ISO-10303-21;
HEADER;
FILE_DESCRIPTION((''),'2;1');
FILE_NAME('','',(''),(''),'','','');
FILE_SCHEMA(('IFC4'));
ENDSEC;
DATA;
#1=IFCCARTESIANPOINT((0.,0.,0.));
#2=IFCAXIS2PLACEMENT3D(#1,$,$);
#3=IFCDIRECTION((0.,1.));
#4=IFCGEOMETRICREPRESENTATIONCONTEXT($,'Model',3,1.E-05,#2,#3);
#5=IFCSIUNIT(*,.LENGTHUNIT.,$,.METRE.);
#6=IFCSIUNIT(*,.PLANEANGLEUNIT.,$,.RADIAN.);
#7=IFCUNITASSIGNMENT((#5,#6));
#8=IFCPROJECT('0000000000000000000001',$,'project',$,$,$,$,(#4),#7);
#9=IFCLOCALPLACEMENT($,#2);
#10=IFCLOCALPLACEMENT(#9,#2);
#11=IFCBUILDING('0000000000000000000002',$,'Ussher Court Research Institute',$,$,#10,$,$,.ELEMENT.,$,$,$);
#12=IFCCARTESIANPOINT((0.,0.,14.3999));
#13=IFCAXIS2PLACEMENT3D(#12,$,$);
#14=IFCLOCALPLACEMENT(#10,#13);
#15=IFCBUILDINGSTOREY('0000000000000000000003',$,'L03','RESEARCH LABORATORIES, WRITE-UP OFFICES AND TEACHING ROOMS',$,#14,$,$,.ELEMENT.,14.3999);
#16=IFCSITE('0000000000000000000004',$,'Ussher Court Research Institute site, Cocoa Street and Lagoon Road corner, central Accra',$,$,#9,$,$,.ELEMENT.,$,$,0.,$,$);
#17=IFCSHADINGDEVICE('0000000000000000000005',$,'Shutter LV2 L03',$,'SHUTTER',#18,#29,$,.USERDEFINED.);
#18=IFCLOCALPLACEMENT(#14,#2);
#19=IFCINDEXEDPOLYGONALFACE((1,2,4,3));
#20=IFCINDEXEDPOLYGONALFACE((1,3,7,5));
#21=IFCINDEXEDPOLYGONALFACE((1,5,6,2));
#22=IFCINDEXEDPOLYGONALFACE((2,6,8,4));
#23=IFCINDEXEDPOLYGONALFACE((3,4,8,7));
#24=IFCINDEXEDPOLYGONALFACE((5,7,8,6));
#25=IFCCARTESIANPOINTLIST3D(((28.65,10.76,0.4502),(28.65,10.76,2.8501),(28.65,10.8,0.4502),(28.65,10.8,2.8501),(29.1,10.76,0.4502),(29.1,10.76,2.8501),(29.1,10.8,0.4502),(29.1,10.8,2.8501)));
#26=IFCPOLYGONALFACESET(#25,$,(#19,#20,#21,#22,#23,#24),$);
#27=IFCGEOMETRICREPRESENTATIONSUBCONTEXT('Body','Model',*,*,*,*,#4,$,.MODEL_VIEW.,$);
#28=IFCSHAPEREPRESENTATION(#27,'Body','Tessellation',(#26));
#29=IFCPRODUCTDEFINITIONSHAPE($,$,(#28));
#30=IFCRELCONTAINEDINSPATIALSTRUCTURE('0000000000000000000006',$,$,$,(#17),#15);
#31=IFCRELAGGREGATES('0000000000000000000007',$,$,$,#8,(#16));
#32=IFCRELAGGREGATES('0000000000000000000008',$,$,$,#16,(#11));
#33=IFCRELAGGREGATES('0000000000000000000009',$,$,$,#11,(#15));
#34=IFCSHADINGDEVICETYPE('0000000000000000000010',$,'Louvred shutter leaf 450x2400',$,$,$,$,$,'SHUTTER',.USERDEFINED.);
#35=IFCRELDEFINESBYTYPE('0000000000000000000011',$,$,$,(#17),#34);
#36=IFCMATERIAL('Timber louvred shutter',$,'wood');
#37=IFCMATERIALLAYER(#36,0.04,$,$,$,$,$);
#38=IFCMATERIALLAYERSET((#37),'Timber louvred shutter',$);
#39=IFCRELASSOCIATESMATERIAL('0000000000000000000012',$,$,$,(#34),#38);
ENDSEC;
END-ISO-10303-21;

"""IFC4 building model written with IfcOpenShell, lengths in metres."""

from ifc_helpers import new_model, si_unit, direction, frame, origin, origin_2d, place, context, subcontext, project, spatial, rectangle, extrude, material, layer, layer_set, type_object, element, save


model = new_model("IFC4")

# Units and contexts
model_context = context("Model", 3, precision=1e-05, world=origin(), true_north=direction((0.0, 1.0)))
body_context = subcontext(model_context, "Body", "Model", "MODEL_VIEW")
ifc_project = project(units=[si_unit("LENGTHUNIT", "METRE"), si_unit("PLANEANGLEUNIT", "RADIAN")], contexts=[model_context])

# Site, building, storey
site_placement = place(None, origin())
site = spatial("IfcSite", under=ifc_project, at=site_placement, Name="Ussher Court Research Institute site, Cocoa Street and Lagoon Road corner, central Accra", CompositionType="ELEMENT", RefElevation=0.0)
building_placement = place(site_placement, origin())
building = spatial("IfcBuilding", under=site, at=building_placement, Name="Ussher Court Research Institute", CompositionType="ELEMENT")
storey_placement = place(building_placement, frame((0.0, 0.0, 14.3999)))
storey = spatial("IfcBuildingStorey", under=building, at=storey_placement, Name="L03", Description="RESEARCH LABORATORIES, WRITE-UP OFFICES AND TEACHING ROOMS", CompositionType="ELEMENT", Elevation=14.3999)

# Shading device
ifc_material_1 = material(Name="Timber louvred shutter", Category="wood")
ifc_layer_1 = layer(ifc_material_1, 0.04)
ifc_layer_set_1 = layer_set([ifc_layer_1], Name="Timber louvred shutter")
shading_device_type = type_object("IfcShadingDeviceType", Name="Louvred shutter leaf 450x2400", ElementType="SHUTTER", PredefinedType="USERDEFINED", material=ifc_layer_set_1)
for number, where, z_axis, x_axis, name in (
    (1, (28.875, 10.78, 0.4502), (0.0, 0.0, 1.0), (-1.0, 0.0, 0.0), "Shutter LV2 L03"),
):
    element("IfcShadingDevice", number, at=place(storey_placement, frame(where, z_axis=z_axis, x_axis=x_axis)), inside=storey, type_object=shading_device_type, Name=name, ObjectType="SHUTTER", PredefinedType="USERDEFINED", context=body_context, shape_type="SweptSolid", body=[
        extrude(rectangle(XDim=0.45, YDim=0.04, at=origin_2d()), origin(), (0.0, 0.0, 1.0), 2.3999),
    ])

save(model, "model.ifc")
